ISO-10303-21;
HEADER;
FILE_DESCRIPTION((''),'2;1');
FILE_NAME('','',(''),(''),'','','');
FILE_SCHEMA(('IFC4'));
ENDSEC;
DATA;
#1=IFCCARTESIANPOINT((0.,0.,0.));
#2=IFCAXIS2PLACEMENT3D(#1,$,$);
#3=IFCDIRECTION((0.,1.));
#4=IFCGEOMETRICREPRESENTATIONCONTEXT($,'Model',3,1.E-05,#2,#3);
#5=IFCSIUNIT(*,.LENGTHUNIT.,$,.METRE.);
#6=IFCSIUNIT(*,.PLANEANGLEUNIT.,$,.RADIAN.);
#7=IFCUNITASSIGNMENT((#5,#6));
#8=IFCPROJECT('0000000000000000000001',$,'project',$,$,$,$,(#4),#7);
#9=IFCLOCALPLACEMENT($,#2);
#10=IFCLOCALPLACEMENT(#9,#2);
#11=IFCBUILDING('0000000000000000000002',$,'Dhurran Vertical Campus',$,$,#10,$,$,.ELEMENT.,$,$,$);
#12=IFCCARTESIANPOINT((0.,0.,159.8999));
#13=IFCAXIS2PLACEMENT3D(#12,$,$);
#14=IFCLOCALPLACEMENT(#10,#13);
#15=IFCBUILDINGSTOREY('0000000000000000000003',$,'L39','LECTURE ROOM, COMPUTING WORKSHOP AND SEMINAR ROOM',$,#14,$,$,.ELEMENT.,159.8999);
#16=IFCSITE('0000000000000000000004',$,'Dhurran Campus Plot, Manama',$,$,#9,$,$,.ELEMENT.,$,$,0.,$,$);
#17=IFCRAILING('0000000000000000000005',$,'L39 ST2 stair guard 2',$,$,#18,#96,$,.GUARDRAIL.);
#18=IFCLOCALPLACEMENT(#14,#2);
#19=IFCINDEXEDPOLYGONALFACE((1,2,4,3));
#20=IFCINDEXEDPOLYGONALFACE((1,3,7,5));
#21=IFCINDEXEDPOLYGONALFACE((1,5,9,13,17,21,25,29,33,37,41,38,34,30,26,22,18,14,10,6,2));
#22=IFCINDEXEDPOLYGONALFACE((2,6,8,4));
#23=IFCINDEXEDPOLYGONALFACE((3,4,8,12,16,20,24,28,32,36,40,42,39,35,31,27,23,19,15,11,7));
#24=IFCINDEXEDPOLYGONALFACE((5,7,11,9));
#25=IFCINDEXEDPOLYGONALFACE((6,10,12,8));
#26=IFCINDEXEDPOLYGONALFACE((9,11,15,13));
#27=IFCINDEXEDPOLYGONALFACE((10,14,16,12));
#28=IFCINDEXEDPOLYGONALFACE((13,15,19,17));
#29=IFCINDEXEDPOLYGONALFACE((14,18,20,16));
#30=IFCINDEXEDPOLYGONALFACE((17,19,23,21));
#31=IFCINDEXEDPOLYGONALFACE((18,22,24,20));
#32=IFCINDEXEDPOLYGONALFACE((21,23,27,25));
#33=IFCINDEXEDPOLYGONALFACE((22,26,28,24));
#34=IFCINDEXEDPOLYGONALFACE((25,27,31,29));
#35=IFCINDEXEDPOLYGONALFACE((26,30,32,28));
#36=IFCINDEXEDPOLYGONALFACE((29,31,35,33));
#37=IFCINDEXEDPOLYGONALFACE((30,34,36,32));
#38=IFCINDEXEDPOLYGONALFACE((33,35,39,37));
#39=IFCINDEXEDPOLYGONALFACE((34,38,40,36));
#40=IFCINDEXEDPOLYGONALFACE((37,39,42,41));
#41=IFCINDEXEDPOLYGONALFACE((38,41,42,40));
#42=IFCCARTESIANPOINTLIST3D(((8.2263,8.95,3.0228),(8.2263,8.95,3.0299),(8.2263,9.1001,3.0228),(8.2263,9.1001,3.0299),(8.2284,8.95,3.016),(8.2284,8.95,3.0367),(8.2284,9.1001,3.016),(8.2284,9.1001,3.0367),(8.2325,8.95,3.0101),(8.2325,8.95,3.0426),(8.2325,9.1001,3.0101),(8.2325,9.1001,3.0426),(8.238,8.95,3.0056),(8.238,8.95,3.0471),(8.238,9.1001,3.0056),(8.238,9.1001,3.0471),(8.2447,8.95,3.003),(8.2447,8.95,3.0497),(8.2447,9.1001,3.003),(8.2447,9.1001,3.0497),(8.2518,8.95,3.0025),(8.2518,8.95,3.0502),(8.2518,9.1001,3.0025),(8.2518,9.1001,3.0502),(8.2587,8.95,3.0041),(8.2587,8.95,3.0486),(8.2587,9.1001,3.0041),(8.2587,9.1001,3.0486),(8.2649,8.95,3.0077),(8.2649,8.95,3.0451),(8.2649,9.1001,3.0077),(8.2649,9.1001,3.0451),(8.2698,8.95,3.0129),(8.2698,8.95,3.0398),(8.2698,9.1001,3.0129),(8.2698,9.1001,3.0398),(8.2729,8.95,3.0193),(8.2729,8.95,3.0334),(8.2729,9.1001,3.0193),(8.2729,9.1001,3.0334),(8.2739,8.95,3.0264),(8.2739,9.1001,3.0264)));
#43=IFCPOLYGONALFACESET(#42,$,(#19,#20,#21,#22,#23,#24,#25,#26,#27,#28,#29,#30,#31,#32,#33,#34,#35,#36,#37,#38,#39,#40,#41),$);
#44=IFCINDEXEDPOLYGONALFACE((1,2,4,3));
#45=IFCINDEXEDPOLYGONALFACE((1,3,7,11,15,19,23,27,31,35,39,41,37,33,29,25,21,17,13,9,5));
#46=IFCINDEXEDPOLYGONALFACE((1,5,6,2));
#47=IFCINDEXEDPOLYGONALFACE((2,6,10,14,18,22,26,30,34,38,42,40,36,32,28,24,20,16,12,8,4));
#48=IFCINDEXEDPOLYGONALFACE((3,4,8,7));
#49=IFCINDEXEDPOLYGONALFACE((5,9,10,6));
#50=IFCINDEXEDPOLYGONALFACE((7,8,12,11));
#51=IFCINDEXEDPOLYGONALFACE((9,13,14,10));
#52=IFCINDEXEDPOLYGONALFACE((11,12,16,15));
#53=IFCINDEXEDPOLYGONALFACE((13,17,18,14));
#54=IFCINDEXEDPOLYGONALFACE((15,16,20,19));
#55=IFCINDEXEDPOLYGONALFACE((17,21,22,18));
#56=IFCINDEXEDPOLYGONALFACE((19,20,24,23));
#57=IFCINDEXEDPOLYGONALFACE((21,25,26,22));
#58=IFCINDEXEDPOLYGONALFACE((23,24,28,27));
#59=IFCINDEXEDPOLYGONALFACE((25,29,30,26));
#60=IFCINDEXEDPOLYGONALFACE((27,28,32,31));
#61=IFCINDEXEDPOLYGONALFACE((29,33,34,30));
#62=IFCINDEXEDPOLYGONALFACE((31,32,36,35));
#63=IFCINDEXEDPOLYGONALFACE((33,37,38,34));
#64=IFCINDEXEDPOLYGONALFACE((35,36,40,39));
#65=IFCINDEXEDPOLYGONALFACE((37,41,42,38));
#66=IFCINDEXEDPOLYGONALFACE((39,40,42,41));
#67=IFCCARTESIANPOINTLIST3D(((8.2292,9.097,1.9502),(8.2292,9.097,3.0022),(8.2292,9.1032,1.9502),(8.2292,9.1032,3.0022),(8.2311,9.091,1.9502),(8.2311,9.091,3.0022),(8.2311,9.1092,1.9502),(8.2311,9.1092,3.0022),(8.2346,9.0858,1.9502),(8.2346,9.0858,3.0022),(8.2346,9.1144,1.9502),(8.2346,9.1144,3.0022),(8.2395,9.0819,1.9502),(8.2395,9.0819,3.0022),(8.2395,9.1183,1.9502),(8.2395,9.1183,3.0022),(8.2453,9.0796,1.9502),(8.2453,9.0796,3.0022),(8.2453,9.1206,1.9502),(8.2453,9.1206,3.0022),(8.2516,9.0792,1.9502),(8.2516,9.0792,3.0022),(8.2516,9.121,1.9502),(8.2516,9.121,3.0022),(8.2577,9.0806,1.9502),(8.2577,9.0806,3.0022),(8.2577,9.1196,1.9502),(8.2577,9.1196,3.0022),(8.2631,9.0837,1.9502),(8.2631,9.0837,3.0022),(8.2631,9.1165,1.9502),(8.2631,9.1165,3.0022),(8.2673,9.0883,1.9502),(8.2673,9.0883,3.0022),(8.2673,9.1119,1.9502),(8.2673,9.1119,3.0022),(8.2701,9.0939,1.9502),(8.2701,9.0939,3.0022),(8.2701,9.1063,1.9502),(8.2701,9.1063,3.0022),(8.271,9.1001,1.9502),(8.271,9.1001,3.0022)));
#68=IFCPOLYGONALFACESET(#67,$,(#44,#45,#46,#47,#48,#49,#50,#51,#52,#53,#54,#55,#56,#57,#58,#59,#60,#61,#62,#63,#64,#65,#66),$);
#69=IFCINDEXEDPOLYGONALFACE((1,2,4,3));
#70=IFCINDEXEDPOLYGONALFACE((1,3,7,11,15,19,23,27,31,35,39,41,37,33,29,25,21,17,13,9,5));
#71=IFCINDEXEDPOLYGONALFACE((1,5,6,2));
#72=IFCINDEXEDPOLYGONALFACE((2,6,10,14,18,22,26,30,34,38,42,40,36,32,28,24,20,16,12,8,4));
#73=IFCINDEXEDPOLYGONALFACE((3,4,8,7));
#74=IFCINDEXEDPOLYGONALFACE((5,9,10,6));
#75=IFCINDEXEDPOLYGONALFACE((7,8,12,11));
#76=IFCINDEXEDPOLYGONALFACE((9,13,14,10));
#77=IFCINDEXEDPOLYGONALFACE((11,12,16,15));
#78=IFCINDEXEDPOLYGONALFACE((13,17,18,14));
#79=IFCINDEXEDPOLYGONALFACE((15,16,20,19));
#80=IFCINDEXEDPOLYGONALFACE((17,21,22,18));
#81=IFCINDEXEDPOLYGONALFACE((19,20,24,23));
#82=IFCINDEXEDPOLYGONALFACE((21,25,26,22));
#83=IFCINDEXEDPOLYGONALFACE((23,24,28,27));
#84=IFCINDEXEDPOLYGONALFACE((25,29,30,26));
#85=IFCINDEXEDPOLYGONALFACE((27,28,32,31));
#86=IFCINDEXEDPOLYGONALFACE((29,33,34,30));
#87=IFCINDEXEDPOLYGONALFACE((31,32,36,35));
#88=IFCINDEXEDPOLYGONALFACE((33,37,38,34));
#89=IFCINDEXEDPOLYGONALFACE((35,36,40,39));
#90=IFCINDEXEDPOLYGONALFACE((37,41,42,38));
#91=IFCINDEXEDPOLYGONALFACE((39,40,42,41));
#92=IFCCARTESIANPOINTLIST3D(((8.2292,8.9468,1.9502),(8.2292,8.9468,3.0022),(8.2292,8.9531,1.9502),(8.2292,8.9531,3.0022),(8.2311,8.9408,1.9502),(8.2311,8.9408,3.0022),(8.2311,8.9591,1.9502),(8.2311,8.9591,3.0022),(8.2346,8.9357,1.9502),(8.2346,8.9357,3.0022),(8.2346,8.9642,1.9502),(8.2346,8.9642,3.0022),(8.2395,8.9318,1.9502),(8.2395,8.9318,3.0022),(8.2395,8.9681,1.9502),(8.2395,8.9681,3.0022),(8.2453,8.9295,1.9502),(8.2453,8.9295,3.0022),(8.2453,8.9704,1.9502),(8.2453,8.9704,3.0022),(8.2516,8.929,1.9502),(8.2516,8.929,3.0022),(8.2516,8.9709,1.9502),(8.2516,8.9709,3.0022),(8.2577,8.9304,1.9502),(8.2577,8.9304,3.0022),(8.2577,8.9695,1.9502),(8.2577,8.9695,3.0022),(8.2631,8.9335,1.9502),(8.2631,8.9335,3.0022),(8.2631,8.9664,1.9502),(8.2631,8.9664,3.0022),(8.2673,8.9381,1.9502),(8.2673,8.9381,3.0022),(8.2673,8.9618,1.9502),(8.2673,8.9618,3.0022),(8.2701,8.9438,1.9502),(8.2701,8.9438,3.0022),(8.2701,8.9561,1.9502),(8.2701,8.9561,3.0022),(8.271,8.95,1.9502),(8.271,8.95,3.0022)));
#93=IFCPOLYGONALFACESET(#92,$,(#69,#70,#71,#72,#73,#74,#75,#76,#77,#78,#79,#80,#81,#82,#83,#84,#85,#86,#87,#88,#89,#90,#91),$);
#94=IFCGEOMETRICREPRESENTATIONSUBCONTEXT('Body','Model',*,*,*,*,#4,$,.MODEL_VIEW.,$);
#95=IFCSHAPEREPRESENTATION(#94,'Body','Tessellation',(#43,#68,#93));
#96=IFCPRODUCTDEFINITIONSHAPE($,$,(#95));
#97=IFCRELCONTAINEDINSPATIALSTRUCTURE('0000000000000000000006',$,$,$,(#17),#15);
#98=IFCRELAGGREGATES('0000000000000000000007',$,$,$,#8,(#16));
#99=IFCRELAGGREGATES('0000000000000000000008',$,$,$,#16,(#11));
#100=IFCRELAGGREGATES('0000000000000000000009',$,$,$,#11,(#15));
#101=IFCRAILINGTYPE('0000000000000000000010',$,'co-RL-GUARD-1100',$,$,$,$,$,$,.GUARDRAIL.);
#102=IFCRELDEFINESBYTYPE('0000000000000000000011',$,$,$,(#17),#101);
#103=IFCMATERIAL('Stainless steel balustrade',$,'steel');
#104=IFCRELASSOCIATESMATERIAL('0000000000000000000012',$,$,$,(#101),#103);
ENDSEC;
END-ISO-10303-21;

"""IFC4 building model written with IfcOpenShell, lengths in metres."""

from ifc_helpers import new_model, si_unit, direction, frame, origin, origin_2d, place, context, subcontext, project, spatial, circle, extrude, material, type_object, element, save


model = new_model("IFC4")

# Units and contexts
model_context = context("Model", 3, precision=1e-05, world=origin(), true_north=direction((0.0, 1.0)))
body_context = subcontext(model_context, "Body", "Model", "MODEL_VIEW")
ifc_project = project(units=[si_unit("LENGTHUNIT", "METRE"), si_unit("PLANEANGLEUNIT", "RADIAN")], contexts=[model_context])

# Site, building, storey
site_placement = place(None, origin())
site = spatial("IfcSite", under=ifc_project, at=site_placement, Name="Dhurran Campus Plot, Manama", CompositionType="ELEMENT", RefElevation=0.0)
building_placement = place(site_placement, origin())
building = spatial("IfcBuilding", under=site, at=building_placement, Name="Dhurran Vertical Campus", CompositionType="ELEMENT")
storey_placement = place(building_placement, frame((0.0, 0.0, 159.8999)))
storey = spatial("IfcBuildingStorey", under=building, at=storey_placement, Name="L39", Description="LECTURE ROOM, COMPUTING WORKSHOP AND SEMINAR ROOM", CompositionType="ELEMENT", Elevation=159.8999)

# Railing
ifc_material_1 = material(Name="Stainless steel balustrade", Category="steel")
railing_type_1 = type_object("IfcRailingType", Name="co-RL-GUARD-1100", PredefinedType="GUARDRAIL", material=ifc_material_1)
railing_1_placement = place(storey_placement, frame((8.25, 9.1001, 1.9502)))
element("IfcRailing", 1, at=railing_1_placement, inside=storey, type_object=railing_type_1, Name="L39 ST2 stair guard 2", PredefinedType="GUARDRAIL", context=body_context, shape_type="SweptSolid", body=[
    extrude(circle(Radius=0.0239, at=origin_2d()), frame((0.0, 0.0, 1.0762), z_axis=(0.0, -1.0, 0.0), x_axis=(1.0, 0.0, 0.0)), (0.0, 0.0, 1.0), 0.1501),
    extrude(circle(Radius=0.021, at=origin_2d()), origin(), (0.0, 0.0, 1.0), 1.052),
    extrude(circle(Radius=0.021, at=origin_2d()), frame((0.0, -0.1501, 0.0)), (0.0, 0.0, 1.0), 1.052),
])

save(model, "model.ifc")
